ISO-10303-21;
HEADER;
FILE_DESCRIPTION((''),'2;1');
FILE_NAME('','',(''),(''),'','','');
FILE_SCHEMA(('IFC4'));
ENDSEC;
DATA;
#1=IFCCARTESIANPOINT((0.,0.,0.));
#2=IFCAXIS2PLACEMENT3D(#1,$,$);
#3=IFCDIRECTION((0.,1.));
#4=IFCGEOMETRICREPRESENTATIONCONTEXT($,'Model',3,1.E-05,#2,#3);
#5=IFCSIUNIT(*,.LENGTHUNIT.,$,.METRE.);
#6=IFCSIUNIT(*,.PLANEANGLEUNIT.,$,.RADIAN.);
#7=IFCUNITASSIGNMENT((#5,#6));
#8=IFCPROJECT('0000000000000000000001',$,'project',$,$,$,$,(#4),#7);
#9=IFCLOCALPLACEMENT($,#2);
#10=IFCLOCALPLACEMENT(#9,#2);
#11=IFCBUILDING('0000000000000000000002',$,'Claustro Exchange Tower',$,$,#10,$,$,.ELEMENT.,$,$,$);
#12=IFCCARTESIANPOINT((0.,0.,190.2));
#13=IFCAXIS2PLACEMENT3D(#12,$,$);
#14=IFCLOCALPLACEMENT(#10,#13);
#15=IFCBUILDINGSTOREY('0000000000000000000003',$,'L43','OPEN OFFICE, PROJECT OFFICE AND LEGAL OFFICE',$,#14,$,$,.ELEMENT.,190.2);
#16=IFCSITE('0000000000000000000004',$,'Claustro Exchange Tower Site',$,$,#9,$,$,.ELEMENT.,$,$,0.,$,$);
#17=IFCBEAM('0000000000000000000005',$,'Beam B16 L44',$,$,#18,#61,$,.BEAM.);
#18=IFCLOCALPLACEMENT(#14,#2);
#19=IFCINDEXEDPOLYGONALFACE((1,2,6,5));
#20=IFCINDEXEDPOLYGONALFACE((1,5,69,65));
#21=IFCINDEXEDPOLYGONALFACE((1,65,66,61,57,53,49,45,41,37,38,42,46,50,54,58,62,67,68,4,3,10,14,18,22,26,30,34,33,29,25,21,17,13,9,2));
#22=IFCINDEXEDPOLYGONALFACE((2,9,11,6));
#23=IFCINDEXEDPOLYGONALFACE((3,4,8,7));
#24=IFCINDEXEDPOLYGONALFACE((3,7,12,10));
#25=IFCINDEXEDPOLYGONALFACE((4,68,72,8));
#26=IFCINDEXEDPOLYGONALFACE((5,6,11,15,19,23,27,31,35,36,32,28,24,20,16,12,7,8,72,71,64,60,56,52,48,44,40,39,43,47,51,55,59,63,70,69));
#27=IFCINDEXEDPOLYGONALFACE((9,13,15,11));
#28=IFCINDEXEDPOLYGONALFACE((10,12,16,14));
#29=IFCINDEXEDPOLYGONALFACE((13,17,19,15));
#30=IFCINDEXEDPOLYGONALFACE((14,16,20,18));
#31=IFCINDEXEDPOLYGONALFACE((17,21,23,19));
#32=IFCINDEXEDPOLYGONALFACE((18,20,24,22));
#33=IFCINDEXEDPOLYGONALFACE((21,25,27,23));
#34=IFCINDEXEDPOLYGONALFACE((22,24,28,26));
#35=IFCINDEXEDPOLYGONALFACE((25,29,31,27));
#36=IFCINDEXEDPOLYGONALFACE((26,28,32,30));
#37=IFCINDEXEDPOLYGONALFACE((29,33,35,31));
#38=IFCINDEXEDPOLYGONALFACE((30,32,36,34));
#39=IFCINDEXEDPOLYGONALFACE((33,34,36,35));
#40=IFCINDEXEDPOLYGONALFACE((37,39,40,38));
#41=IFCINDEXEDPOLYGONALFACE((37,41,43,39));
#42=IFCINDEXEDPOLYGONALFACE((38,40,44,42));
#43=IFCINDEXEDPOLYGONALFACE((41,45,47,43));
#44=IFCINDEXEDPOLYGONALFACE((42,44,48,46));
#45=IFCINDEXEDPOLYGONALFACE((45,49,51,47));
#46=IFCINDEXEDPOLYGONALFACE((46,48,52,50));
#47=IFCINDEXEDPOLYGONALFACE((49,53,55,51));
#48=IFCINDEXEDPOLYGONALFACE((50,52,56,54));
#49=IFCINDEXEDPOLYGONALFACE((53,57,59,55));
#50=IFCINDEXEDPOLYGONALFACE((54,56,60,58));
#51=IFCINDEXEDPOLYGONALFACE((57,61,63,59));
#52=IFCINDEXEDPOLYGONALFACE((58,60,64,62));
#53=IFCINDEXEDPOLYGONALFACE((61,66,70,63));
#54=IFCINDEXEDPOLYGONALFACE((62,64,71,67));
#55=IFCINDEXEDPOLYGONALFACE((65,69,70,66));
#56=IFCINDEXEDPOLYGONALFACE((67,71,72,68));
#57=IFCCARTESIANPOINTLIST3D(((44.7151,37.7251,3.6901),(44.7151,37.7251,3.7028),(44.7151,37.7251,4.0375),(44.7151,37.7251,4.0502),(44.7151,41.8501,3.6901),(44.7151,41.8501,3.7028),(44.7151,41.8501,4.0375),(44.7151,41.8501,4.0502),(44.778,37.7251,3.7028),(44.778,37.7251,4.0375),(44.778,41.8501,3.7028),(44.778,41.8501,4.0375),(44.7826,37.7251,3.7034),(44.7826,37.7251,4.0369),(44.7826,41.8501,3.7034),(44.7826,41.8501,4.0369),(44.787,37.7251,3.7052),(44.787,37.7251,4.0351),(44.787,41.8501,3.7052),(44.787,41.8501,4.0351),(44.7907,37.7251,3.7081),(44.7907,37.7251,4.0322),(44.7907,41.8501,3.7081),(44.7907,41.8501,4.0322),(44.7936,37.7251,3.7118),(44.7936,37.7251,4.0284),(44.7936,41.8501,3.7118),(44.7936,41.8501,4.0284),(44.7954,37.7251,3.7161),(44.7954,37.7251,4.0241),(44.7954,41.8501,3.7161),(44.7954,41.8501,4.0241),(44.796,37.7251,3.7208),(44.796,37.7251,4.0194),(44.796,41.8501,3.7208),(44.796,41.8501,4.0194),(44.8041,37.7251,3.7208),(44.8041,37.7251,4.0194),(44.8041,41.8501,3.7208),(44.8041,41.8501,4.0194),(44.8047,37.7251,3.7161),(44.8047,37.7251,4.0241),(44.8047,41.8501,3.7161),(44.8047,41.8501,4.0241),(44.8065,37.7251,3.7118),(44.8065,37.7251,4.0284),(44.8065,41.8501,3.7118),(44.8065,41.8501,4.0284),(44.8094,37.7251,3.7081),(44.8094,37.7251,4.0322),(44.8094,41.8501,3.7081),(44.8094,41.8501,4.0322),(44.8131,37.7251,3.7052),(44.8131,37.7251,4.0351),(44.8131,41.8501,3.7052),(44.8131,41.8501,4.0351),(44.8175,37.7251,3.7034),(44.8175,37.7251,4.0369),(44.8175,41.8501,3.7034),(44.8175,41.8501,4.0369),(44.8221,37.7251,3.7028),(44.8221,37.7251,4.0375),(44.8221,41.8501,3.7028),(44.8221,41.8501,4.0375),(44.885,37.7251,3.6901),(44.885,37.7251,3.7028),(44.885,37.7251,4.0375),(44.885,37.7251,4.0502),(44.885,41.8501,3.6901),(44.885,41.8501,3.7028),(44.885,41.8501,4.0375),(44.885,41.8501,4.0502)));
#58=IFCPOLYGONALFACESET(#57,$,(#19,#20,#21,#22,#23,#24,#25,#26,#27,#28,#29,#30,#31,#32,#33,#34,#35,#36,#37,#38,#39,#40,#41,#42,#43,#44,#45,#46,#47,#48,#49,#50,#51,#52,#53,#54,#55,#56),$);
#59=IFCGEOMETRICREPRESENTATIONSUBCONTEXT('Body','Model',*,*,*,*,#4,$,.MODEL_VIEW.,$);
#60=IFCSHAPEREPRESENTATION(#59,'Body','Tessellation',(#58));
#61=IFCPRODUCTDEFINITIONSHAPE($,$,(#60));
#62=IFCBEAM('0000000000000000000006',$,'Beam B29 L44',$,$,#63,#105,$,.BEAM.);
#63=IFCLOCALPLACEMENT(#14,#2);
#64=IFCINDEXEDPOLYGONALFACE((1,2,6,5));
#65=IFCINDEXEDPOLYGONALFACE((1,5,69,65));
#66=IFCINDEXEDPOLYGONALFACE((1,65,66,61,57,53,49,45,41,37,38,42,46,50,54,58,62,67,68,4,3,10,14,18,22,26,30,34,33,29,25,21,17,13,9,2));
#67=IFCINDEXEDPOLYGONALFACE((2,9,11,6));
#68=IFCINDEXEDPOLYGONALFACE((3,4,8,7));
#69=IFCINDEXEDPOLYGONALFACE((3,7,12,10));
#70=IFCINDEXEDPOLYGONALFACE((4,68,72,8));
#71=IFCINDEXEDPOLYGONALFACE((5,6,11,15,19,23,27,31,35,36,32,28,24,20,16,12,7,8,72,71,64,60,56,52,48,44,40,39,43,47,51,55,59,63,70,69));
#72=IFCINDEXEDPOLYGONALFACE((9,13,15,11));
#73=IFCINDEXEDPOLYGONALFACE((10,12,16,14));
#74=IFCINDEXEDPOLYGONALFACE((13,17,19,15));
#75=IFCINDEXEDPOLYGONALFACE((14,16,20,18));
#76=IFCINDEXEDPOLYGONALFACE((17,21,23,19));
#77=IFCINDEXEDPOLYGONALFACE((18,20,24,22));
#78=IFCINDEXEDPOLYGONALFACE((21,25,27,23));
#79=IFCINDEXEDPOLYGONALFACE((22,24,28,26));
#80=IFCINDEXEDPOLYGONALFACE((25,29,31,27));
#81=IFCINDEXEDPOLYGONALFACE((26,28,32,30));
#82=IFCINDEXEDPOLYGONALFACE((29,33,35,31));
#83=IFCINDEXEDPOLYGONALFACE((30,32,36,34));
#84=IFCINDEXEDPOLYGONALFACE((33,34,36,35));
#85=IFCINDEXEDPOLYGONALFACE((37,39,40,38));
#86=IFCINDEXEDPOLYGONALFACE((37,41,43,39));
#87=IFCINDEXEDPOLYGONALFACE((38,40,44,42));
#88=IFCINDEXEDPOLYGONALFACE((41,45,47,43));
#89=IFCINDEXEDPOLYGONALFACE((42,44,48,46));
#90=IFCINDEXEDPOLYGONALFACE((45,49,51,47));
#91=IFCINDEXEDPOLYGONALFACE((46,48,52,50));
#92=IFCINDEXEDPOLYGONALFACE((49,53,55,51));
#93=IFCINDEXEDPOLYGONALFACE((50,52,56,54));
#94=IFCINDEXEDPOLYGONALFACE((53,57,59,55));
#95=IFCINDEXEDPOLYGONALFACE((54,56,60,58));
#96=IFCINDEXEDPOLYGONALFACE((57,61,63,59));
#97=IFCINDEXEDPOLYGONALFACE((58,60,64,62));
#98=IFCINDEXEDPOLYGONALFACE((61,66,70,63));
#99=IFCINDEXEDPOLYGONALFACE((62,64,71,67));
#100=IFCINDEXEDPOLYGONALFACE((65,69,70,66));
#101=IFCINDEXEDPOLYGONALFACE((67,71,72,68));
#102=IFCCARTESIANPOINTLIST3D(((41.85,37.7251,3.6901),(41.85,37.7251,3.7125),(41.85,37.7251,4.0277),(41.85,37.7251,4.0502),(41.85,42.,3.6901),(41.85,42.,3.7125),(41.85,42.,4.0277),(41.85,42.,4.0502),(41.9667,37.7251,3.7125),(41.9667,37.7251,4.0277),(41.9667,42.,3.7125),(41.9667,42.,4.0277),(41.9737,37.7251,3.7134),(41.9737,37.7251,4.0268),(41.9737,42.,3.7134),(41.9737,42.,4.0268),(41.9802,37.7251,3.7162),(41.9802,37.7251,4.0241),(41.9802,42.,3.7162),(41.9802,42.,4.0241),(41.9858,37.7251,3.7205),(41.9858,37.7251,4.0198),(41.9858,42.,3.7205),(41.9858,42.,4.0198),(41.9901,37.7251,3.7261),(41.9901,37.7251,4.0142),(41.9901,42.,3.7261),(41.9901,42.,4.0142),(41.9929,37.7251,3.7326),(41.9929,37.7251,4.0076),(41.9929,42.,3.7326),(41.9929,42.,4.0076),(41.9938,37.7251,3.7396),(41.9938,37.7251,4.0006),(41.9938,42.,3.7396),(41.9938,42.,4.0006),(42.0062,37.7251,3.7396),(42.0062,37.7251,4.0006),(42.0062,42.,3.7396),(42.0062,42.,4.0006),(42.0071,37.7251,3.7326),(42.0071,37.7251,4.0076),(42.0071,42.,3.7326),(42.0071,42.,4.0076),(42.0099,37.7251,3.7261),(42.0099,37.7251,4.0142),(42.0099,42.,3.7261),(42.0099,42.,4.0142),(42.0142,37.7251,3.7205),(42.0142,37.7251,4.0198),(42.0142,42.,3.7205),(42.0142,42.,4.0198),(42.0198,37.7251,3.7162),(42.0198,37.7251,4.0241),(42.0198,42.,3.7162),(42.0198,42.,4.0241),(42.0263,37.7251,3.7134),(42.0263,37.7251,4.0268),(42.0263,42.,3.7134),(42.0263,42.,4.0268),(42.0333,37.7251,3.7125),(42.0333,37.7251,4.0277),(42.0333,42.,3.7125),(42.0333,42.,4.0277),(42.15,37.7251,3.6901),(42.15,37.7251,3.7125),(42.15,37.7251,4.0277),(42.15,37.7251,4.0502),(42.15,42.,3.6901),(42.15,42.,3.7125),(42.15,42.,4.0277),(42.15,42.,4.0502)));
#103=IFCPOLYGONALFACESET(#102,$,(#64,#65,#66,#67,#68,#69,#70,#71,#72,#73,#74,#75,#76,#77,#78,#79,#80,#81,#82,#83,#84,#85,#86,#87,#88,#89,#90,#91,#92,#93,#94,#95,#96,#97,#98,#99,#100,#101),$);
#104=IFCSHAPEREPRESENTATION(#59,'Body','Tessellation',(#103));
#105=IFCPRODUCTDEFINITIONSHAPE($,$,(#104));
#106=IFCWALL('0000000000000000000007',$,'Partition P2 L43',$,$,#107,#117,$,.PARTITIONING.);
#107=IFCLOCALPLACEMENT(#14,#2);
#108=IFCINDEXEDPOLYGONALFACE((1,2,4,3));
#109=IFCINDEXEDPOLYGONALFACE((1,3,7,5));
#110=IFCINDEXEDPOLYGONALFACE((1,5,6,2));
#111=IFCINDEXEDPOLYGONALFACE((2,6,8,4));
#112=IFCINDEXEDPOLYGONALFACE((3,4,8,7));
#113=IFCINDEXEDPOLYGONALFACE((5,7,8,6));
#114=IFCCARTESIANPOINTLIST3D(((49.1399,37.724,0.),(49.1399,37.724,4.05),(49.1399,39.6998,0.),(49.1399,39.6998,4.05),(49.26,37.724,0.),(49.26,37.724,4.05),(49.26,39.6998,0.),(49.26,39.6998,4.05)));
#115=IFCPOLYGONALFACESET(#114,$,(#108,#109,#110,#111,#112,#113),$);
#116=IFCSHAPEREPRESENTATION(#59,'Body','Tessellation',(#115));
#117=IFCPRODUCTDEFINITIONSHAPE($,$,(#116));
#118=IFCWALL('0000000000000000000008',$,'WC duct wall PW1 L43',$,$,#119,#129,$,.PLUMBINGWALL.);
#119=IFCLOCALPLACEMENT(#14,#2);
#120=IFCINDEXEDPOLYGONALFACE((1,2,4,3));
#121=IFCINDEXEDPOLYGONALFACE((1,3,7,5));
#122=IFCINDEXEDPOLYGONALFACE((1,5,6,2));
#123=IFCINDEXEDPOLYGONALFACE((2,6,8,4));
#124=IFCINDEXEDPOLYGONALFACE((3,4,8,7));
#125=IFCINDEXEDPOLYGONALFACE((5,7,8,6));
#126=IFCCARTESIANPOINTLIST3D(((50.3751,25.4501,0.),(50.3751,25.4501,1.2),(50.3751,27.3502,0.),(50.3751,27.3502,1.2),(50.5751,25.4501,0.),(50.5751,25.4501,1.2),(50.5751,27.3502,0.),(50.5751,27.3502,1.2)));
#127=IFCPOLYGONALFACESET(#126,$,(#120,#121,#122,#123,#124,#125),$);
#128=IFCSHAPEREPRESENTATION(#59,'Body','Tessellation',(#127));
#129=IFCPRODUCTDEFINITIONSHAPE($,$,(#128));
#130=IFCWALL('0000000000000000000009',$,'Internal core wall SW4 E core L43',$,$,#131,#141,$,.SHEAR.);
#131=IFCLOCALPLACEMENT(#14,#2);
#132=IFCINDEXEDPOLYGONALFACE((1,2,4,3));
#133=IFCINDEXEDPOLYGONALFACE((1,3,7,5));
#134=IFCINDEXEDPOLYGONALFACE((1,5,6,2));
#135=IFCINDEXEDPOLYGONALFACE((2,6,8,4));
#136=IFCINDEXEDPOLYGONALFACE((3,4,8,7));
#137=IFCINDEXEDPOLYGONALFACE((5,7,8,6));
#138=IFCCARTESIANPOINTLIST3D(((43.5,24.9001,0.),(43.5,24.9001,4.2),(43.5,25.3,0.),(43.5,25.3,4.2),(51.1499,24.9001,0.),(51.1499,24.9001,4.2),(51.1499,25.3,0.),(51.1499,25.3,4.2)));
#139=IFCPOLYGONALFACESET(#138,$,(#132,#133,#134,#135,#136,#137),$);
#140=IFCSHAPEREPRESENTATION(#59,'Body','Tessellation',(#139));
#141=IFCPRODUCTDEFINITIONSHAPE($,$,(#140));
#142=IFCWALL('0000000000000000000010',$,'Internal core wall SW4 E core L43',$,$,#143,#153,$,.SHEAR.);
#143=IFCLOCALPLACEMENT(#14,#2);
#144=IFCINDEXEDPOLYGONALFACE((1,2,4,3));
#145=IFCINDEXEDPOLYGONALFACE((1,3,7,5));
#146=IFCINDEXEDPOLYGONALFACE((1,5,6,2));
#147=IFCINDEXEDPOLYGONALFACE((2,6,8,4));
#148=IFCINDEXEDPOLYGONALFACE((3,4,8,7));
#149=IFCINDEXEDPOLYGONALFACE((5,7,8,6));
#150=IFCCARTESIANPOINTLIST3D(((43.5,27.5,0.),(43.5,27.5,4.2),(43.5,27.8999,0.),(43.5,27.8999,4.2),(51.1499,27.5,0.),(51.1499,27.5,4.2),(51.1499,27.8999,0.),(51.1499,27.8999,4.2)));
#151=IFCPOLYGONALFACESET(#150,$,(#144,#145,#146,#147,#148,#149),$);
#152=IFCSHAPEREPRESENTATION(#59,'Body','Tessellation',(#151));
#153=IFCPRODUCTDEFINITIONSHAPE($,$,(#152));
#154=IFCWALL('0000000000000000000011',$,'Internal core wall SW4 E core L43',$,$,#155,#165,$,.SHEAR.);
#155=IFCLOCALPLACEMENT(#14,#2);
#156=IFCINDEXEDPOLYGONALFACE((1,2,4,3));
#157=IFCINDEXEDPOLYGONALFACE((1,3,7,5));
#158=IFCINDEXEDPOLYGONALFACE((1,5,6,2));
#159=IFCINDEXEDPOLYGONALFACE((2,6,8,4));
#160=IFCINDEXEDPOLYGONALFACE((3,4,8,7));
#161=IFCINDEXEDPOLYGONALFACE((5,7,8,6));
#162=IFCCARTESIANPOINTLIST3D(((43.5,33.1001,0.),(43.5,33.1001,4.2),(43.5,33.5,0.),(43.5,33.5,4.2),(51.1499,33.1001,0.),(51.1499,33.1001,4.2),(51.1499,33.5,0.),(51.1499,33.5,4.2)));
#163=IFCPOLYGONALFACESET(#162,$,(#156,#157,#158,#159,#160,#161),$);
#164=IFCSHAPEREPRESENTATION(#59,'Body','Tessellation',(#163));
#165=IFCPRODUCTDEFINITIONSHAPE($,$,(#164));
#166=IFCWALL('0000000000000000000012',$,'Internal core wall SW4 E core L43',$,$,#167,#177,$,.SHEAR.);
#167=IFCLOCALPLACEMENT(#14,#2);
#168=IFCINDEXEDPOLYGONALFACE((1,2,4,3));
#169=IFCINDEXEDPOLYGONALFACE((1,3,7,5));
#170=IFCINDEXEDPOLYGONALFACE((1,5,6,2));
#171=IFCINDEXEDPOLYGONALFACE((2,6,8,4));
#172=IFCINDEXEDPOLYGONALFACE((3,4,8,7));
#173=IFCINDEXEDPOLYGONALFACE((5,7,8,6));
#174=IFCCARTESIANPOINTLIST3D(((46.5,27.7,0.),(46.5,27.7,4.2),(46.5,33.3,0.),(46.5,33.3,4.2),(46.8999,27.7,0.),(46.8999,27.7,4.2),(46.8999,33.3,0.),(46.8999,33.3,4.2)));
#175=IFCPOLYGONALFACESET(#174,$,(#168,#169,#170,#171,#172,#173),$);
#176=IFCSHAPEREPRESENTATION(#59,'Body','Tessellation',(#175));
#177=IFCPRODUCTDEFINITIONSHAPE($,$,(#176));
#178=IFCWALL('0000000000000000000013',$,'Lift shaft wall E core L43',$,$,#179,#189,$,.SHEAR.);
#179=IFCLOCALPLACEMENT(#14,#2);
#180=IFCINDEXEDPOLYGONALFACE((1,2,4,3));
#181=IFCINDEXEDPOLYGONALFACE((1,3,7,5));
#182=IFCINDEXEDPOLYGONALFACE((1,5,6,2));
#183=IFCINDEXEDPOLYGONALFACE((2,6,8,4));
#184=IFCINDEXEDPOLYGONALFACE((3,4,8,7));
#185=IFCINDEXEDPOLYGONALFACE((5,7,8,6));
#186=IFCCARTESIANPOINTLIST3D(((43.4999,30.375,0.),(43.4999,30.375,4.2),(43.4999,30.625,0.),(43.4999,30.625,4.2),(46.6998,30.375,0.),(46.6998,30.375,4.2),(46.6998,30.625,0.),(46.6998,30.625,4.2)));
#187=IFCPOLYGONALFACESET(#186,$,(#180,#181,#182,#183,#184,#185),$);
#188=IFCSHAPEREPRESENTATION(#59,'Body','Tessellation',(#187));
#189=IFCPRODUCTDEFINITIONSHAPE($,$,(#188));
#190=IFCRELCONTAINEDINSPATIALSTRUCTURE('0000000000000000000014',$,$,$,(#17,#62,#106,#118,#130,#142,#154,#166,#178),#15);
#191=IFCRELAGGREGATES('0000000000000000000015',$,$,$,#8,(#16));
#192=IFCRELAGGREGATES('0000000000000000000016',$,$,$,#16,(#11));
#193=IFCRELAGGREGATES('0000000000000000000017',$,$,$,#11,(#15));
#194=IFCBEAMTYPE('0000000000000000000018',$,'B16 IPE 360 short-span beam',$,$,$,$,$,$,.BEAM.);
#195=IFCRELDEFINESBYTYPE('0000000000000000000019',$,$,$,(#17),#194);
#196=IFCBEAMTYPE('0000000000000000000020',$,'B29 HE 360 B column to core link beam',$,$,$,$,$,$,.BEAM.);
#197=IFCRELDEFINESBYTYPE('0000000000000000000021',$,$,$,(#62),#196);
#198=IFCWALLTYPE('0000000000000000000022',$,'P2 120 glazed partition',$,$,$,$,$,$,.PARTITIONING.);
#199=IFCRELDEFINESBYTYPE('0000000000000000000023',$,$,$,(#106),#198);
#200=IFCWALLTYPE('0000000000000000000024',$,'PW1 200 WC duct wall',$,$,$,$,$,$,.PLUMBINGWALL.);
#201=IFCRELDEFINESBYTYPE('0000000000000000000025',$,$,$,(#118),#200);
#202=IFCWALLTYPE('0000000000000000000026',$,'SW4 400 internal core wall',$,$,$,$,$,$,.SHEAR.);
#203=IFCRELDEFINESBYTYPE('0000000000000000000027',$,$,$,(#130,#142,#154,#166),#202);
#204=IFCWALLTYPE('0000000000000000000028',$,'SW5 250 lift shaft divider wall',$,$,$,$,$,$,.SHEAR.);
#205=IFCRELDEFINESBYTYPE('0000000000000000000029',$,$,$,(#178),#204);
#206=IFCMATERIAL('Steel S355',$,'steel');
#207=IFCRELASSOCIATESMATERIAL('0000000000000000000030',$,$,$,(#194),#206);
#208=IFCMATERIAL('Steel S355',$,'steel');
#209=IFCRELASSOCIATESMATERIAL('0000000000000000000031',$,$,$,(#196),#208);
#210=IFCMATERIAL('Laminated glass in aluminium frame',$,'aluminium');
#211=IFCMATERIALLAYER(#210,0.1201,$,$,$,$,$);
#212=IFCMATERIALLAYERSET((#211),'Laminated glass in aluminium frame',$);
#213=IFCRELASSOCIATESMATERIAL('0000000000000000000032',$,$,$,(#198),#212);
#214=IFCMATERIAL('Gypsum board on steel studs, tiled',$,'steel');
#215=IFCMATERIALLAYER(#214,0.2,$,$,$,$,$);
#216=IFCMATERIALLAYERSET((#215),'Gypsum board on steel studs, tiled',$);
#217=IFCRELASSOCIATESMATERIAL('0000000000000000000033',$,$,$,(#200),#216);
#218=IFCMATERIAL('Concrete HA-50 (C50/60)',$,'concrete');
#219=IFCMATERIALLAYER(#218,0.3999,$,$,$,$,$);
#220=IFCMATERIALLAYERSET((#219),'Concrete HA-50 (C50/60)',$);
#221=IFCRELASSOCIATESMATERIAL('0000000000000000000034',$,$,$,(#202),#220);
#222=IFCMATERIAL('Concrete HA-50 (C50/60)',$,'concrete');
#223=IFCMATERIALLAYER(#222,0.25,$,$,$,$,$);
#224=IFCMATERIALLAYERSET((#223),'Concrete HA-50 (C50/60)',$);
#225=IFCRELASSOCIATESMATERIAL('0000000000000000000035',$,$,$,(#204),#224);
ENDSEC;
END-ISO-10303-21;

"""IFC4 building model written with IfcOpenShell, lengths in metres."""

from ifc_helpers import new_model, si_unit, direction, frame, frame_2d, origin, origin_2d, place, context, subcontext, project, spatial, rectangle, i_section, extrude, material, layer, layer_set, material_profile, profile_set, type_object, element, save


model = new_model("IFC4")

# Units and contexts
model_context = context("Model", 3, precision=1e-05, world=origin(), true_north=direction((0.0, 1.0)))
body_context = subcontext(model_context, "Body", "Model", "MODEL_VIEW")
ifc_project = project(units=[si_unit("LENGTHUNIT", "METRE"), si_unit("PLANEANGLEUNIT", "RADIAN")], contexts=[model_context])

# Site, building, storey
site_placement = place(None, origin())
site = spatial("IfcSite", under=ifc_project, at=site_placement, Name="Claustro Exchange Tower Site", CompositionType="ELEMENT", RefElevation=0.0)
building_placement = place(site_placement, origin())
building = spatial("IfcBuilding", under=site, at=building_placement, Name="Claustro Exchange Tower", CompositionType="ELEMENT")
storey_placement = place(building_placement, frame((0.0, 0.0, 190.2)))
storey = spatial("IfcBuildingStorey", under=building, at=storey_placement, Name="L43", Description="OPEN OFFICE, PROJECT OFFICE AND LEGAL OFFICE", CompositionType="ELEMENT", Elevation=190.2)

# Beams
ifc_material_1 = material(Name="Steel S355", Category="steel")
ifc_material_profile_1 = material_profile(ifc_material_1, i_section(OverallWidth=0.1699, OverallDepth=0.3601, WebThickness=0.0081, FlangeThickness=0.0127, FilletRadius=0.0181, at=origin_2d()), Name="IPE 360")
ifc_profile_set_1 = profile_set([ifc_material_profile_1], Name="Steel S355")
beam_type_1 = type_object("IfcBeamType", Name="B16 IPE 360 short-span beam", PredefinedType="BEAM", material=ifc_profile_set_1)
beam_1_placement = place(storey_placement, frame((44.8, 37.7251, 3.8701), z_axis=(0.0, 1.0, 0.0), x_axis=(-1.0, 0.0, 0.0)))
element("IfcBeam", 1, at=beam_1_placement, inside=storey, type_object=beam_type_1, Name="Beam B16 L44", PredefinedType="BEAM", context=body_context, shape_type="SweptSolid", body=[
    extrude(i_section(OverallWidth=0.1699, OverallDepth=0.3601, WebThickness=0.0081, FlangeThickness=0.0127, FilletRadius=0.0181, at=origin_2d()), origin(), (0.0, 0.0, 1.0), 4.125),
])
ifc_material_2 = material(Name="Steel S355", Category="steel")
ifc_material_profile_2 = material_profile(ifc_material_2, i_section(OverallWidth=0.3, OverallDepth=0.3601, WebThickness=0.0125, FlangeThickness=0.0225, FilletRadius=0.0271, at=origin_2d()), Name="HE 360 B")
ifc_profile_set_2 = profile_set([ifc_material_profile_2], Name="Steel S355")
beam_type_2 = type_object("IfcBeamType", Name="B29 HE 360 B column to core link beam", PredefinedType="BEAM", material=ifc_profile_set_2)
beam_2_placement = place(storey_placement, frame((42.0, 37.7251, 3.8701), z_axis=(0.0, 1.0, 0.0), x_axis=(-1.0, 0.0, 0.0)))
element("IfcBeam", 2, at=beam_2_placement, inside=storey, type_object=beam_type_2, Name="Beam B29 L44", PredefinedType="BEAM", context=body_context, shape_type="SweptSolid", body=[
    extrude(i_section(OverallWidth=0.3, OverallDepth=0.3601, WebThickness=0.0125, FlangeThickness=0.0225, FilletRadius=0.0271, at=origin_2d()), origin(), (0.0, 0.0, 1.0), 4.2749),
])

# Shared definitions
ifc_material_3 = material(Name="Laminated glass in aluminium frame", Category="aluminium")
ifc_layer_1 = layer(ifc_material_3, 0.1201)
ifc_layer_set_1 = layer_set([ifc_layer_1], Name="Laminated glass in aluminium frame")
wall_type_1 = type_object("IfcWallType", Name="P2 120 glazed partition", PredefinedType="PARTITIONING", material=ifc_layer_set_1)

# Walls
wall_1_placement = place(storey_placement, frame((49.2, 37.7241, 0.0), z_axis=(0.0, 0.0, 1.0), x_axis=(0.0, 1.0, 0.0)))
element("IfcWall", 3, at=wall_1_placement, inside=storey, type_object=wall_type_1, Name="Partition P2 L43", PredefinedType="PARTITIONING", context=body_context, shape_type="SweptSolid", body=[
    extrude(rectangle(XDim=1.9758, YDim=0.1201, at=frame_2d((0.9878, 0.0))), origin(), (0.0, 0.0, 1.0), 4.05),
])
ifc_material_4 = material(Name="Gypsum board on steel studs, tiled", Category="steel")
ifc_layer_2 = layer(ifc_material_4, 0.2)
ifc_layer_set_2 = layer_set([ifc_layer_2], Name="Gypsum board on steel studs, tiled")
wall_type_2 = type_object("IfcWallType", Name="PW1 200 WC duct wall", PredefinedType="PLUMBINGWALL", material=ifc_layer_set_2)
wall_2_placement = place(storey_placement, frame((50.4751, 25.45, 0.0), z_axis=(0.0, 0.0, 1.0), x_axis=(0.0, 1.0, 0.0)))
element("IfcWall", 4, at=wall_2_placement, inside=storey, type_object=wall_type_2, Name="WC duct wall PW1 L43", PredefinedType="PLUMBINGWALL", context=body_context, shape_type="SweptSolid", body=[
    extrude(rectangle(XDim=1.9001, YDim=0.2, at=frame_2d((0.9502, 0.0))), origin(), (0.0, 0.0, 1.0), 1.2),
])
ifc_material_5 = material(Name="Concrete HA-50 (C50/60)", Category="concrete")
ifc_layer_3 = layer(ifc_material_5, 0.3999)
ifc_layer_set_3 = layer_set([ifc_layer_3], Name="Concrete HA-50 (C50/60)")
wall_type_3 = type_object("IfcWallType", Name="SW4 400 internal core wall", PredefinedType="SHEAR", material=ifc_layer_set_3)
for number, where, z_axis, x_axis, name in (
    (5, (51.1499, 25.1001, 0.0), (0.0, 0.0, 1.0), (-1.0, 0.0, 0.0), "Internal core wall SW4 E core L43"),
    (6, (51.1499, 27.7, 0.0), (0.0, 0.0, 1.0), (-1.0, 0.0, 0.0), "Internal core wall SW4 E core L43"),
    (7, (51.1499, 33.3, 0.0), (0.0, 0.0, 1.0), (-1.0, 0.0, 0.0), "Internal core wall SW4 E core L43"),
):
    element("IfcWall", number, at=place(storey_placement, frame(where, z_axis=z_axis, x_axis=x_axis)), inside=storey, type_object=wall_type_3, Name=name, PredefinedType="SHEAR", context=body_context, shape_type="SweptSolid", body=[
        extrude(rectangle(XDim=7.6499, YDim=0.3999, at=frame_2d((3.825, 0.0))), origin(), (0.0, 0.0, 1.0), 4.2),
    ])
wall_3_placement = place(storey_placement, frame((46.7, 27.7, 0.0), z_axis=(0.0, 0.0, 1.0), x_axis=(0.0, 1.0, 0.0)))
element("IfcWall", 8, at=wall_3_placement, inside=storey, type_object=wall_type_3, Name="Internal core wall SW4 E core L43", PredefinedType="SHEAR", context=body_context, shape_type="SweptSolid", body=[
    extrude(rectangle(XDim=5.6001, YDim=0.3999, at=frame_2d((2.8, 0.0))), origin(), (0.0, 0.0, 1.0), 4.2),
])
ifc_material_6 = material(Name="Concrete HA-50 (C50/60)", Category="concrete")
ifc_layer_4 = layer(ifc_material_6, 0.25)
ifc_layer_set_4 = layer_set([ifc_layer_4], Name="Concrete HA-50 (C50/60)")
wall_type_4 = type_object("IfcWallType", Name="SW5 250 lift shaft divider wall", PredefinedType="SHEAR", material=ifc_layer_set_4)
for number, where, z_axis, x_axis, name in (
    (9, (46.7, 30.5, 0.0), (0.0, 0.0, 1.0), (-1.0, 0.0, 0.0), "Lift shaft wall E core L43"),
):
    element("IfcWall", number, at=place(storey_placement, frame(where, z_axis=z_axis, x_axis=x_axis)), inside=storey, type_object=wall_type_4, Name=name, PredefinedType="SHEAR", context=body_context, shape_type="SweptSolid", body=[
        extrude(rectangle(XDim=3.2, YDim=0.25, at=frame_2d((1.6001, 0.0))), origin(), (0.0, 0.0, 1.0), 4.2),
    ])

save(model, "model.ifc")
